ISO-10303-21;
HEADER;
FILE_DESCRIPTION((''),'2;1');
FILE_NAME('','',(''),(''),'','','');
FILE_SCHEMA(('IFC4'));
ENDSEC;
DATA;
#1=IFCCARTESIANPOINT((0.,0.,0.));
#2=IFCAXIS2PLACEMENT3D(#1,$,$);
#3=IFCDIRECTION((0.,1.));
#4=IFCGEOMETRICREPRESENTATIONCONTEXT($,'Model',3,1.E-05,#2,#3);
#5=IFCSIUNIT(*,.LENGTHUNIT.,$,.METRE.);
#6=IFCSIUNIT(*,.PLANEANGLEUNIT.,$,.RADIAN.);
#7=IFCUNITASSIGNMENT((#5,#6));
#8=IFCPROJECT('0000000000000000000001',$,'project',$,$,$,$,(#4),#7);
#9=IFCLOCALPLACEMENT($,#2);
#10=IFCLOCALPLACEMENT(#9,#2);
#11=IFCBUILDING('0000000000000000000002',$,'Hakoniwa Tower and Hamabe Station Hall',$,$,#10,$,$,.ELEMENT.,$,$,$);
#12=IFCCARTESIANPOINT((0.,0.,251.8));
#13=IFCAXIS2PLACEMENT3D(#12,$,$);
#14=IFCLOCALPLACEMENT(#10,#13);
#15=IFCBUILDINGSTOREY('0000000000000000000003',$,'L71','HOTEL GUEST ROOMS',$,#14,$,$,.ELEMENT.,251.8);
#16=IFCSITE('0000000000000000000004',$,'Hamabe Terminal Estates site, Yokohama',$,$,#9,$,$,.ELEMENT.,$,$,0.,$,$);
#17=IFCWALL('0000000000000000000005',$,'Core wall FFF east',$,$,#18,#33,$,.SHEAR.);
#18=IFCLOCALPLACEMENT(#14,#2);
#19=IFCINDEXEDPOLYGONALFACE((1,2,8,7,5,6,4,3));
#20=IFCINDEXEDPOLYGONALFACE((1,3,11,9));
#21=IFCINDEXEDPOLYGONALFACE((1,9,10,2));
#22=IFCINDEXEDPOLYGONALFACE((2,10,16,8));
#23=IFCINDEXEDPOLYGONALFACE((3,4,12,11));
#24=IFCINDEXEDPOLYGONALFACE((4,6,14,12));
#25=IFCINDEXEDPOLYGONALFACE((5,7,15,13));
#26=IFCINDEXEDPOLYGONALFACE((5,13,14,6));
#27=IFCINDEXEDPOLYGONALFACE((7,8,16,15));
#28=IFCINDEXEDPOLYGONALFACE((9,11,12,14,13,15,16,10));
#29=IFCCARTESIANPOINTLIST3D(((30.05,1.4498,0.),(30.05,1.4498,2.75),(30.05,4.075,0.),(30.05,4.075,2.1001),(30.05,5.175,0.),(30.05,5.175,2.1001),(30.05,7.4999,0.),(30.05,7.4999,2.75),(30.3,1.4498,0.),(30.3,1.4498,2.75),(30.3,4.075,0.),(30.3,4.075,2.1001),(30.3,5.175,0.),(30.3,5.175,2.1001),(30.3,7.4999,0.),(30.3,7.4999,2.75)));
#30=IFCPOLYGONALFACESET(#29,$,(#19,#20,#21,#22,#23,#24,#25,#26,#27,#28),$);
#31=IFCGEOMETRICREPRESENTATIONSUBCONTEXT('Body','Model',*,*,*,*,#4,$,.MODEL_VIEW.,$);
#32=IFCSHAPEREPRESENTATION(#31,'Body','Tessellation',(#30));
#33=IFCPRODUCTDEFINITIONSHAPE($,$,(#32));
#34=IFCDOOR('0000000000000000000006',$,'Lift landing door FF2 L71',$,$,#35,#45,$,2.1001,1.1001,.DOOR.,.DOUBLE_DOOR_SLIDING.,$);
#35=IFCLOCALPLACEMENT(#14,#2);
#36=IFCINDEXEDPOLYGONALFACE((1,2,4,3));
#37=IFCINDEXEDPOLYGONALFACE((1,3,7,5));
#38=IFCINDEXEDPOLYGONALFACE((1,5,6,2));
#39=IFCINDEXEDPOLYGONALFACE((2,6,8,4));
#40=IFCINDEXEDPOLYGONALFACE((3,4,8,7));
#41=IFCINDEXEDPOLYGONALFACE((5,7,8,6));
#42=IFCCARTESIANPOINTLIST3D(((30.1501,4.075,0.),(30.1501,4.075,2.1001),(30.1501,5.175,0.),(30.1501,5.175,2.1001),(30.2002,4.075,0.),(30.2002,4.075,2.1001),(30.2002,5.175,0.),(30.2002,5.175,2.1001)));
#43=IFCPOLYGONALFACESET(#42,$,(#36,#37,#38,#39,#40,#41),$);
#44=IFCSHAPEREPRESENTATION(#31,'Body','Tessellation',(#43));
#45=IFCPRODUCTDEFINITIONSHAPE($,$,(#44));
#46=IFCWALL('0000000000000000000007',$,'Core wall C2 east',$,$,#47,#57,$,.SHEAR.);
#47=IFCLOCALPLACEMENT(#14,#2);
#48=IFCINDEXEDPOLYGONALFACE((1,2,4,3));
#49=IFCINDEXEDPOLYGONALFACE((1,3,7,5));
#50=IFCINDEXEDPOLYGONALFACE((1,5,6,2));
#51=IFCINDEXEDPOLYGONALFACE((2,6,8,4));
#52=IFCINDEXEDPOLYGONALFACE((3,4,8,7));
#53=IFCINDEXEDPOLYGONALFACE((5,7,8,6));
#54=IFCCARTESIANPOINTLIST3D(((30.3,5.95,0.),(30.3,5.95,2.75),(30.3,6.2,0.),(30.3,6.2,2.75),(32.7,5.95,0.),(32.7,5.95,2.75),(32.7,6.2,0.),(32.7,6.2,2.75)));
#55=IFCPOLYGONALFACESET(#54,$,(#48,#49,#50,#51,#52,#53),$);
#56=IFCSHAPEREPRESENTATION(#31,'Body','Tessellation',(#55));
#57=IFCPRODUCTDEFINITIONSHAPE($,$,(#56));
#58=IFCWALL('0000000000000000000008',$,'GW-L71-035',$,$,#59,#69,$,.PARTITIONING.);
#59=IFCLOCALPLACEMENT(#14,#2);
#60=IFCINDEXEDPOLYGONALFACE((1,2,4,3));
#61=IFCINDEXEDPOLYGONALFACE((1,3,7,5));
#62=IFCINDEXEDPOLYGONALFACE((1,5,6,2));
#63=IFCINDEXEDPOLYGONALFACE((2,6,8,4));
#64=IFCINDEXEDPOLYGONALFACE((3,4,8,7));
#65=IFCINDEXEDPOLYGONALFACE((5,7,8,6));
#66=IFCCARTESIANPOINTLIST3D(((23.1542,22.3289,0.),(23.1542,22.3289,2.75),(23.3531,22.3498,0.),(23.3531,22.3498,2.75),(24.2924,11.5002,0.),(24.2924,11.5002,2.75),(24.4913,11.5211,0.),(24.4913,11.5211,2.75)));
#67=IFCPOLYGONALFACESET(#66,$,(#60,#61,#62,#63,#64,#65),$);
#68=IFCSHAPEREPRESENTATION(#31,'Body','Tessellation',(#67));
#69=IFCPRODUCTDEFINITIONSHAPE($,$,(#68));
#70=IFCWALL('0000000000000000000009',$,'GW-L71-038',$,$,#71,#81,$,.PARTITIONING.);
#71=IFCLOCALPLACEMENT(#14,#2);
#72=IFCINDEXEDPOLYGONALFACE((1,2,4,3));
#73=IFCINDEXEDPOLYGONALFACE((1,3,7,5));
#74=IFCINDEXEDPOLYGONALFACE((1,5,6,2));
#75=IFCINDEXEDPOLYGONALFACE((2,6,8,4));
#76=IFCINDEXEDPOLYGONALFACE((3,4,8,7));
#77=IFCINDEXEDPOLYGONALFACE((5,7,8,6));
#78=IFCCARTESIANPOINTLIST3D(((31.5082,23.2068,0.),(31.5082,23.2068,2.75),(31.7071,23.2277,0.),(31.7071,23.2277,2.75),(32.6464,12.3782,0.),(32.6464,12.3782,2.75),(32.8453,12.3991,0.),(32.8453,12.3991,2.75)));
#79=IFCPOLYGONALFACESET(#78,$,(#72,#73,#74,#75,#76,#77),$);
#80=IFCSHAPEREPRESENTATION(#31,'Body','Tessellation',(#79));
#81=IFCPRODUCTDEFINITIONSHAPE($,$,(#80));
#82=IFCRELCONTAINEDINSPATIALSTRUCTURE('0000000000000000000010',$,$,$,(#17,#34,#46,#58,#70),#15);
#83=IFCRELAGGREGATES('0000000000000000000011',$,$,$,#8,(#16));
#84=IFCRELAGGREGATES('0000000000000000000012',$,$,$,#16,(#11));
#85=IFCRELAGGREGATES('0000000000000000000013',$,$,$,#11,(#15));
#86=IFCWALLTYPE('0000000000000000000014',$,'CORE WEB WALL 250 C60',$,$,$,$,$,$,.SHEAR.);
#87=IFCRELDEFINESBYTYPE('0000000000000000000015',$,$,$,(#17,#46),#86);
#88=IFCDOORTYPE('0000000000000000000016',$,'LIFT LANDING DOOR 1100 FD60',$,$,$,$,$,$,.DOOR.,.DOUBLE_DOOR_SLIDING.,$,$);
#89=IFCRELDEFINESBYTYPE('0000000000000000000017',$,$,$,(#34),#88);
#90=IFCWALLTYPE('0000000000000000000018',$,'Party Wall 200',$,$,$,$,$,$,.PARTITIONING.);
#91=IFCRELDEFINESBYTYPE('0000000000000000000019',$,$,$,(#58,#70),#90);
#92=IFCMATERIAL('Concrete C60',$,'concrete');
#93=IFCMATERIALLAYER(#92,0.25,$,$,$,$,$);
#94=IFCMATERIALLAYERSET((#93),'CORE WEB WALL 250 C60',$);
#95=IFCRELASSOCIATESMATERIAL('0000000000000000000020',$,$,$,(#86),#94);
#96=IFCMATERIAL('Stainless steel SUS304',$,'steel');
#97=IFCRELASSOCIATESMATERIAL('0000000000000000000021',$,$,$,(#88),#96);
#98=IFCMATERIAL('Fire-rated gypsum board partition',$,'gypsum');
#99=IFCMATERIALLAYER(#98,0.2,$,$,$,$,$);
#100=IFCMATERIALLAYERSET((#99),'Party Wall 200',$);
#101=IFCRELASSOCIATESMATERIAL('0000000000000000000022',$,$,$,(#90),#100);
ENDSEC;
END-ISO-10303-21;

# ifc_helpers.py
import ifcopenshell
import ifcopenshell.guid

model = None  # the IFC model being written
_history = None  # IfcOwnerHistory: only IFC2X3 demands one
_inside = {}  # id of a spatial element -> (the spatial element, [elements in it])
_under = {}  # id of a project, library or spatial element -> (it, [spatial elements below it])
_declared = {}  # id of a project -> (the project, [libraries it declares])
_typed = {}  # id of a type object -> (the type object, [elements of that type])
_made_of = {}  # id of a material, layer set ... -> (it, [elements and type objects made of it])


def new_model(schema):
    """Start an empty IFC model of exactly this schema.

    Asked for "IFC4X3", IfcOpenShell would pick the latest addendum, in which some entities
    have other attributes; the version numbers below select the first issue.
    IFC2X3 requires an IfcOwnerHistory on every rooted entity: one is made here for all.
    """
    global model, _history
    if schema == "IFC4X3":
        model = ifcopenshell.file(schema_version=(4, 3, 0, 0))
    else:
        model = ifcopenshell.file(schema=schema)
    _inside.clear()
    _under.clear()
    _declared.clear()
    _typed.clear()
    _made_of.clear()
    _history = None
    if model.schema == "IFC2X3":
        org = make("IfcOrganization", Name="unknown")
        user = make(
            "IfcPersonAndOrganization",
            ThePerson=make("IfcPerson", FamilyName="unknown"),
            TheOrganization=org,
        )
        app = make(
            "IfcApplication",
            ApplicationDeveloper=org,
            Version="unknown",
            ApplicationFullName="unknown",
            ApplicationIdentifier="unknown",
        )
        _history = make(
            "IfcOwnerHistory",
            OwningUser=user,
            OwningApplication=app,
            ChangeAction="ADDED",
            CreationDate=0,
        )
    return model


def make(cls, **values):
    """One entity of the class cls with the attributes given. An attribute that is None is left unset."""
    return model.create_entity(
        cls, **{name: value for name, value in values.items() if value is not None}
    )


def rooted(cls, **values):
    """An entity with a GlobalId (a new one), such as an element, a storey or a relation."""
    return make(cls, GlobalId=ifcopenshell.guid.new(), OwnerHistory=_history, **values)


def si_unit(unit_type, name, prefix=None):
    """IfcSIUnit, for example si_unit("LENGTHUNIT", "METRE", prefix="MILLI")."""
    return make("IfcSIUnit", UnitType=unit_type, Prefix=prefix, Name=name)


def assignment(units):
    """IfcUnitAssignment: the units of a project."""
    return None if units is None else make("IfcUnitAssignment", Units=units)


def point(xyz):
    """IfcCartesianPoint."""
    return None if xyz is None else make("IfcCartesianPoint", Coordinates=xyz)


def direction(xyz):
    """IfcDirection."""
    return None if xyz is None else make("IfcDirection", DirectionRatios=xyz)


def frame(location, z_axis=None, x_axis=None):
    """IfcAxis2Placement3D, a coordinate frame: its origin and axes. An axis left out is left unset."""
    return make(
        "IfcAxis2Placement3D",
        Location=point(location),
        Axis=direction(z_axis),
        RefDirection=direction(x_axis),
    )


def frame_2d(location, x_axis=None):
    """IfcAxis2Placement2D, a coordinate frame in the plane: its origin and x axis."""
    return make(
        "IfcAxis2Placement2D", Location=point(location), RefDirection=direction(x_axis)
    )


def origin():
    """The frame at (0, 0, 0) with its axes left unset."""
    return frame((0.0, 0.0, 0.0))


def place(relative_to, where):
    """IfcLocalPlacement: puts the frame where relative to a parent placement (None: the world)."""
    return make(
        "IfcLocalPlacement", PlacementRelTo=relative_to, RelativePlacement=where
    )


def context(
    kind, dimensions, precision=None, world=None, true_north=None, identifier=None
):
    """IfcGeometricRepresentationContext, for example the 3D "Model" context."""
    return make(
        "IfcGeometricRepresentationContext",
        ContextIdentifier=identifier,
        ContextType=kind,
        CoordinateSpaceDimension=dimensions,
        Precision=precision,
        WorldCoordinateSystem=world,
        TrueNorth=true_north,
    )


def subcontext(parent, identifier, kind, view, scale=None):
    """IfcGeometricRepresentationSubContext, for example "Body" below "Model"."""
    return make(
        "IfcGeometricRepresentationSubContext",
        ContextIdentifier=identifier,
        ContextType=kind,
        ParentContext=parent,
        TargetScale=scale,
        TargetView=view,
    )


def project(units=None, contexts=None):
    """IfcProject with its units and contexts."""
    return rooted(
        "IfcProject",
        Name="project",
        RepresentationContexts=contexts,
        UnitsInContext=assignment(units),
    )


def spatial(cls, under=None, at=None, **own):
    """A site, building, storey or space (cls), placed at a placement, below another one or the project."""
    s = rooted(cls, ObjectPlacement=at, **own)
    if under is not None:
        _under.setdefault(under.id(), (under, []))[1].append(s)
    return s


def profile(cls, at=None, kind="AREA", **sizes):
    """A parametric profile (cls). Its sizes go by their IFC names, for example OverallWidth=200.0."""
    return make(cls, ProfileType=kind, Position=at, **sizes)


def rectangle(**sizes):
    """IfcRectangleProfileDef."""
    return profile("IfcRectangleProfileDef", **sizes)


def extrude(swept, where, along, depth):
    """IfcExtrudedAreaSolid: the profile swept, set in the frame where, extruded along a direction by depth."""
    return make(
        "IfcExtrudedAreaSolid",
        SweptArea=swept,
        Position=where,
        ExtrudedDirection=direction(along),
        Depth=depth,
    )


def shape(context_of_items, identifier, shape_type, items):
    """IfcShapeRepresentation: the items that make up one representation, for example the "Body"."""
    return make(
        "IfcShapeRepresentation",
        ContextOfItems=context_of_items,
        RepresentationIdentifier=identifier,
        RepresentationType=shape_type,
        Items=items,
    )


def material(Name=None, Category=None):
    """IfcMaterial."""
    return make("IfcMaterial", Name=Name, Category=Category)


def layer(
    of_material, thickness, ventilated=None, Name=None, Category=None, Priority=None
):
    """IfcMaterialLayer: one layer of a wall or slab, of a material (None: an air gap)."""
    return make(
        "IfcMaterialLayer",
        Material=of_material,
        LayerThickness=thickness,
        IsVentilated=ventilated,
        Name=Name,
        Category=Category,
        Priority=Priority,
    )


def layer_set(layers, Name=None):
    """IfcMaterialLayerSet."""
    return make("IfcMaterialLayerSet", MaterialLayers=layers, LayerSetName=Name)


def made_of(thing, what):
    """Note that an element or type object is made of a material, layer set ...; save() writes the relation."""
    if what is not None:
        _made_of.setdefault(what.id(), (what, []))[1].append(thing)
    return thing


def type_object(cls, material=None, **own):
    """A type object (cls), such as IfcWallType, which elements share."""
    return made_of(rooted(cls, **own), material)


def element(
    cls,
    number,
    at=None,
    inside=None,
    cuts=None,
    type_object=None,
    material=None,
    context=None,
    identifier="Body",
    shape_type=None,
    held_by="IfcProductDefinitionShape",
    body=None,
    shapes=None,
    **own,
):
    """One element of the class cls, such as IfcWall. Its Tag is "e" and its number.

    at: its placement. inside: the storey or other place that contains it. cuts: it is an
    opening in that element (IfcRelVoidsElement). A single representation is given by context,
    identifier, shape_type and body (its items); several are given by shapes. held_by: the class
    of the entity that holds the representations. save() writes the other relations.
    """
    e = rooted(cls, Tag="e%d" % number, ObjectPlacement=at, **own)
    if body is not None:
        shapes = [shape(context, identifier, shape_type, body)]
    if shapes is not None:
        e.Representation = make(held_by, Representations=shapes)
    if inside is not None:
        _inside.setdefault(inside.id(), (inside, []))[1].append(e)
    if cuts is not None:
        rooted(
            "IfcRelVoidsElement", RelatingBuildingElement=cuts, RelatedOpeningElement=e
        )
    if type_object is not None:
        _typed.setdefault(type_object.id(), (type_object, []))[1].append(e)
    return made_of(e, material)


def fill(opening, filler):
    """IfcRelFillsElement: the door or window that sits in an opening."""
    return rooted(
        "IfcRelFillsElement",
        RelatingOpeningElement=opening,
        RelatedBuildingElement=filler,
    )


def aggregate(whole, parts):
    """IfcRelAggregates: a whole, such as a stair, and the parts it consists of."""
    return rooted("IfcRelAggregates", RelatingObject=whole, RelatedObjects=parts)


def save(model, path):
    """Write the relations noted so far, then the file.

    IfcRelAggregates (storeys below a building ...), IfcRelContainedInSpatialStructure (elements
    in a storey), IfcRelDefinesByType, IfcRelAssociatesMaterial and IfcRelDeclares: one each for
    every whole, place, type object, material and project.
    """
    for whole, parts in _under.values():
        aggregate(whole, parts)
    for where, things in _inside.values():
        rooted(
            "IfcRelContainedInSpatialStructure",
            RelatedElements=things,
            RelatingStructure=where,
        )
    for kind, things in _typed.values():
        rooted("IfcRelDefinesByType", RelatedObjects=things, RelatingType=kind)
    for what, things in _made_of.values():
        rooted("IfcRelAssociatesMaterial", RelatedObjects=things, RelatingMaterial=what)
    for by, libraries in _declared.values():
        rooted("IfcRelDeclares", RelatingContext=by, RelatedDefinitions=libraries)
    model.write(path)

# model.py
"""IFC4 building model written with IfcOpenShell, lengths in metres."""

from ifc_helpers import new_model, si_unit, direction, frame, frame_2d, origin, place, context, subcontext, project, spatial, rectangle, extrude, material, layer, layer_set, type_object, element, fill, save


model = new_model("IFC4")

# Units and contexts
model_context = context("Model", 3, precision=1e-05, world=origin(), true_north=direction((0.0, 1.0)))
body_context = subcontext(model_context, "Body", "Model", "MODEL_VIEW")
ifc_project = project(units=[si_unit("LENGTHUNIT", "METRE"), si_unit("PLANEANGLEUNIT", "RADIAN")], contexts=[model_context])

# Site, building, storey
site_placement = place(None, origin())
site = spatial("IfcSite", under=ifc_project, at=site_placement, Name="Hamabe Terminal Estates site, Yokohama", CompositionType="ELEMENT", RefElevation=0.0)
building_placement = place(site_placement, origin())
building = spatial("IfcBuilding", under=site, at=building_placement, Name="Hakoniwa Tower and Hamabe Station Hall", CompositionType="ELEMENT")
storey_placement = place(building_placement, frame((0.0, 0.0, 251.8)))
storey = spatial("IfcBuildingStorey", under=building, at=storey_placement, Name="L71", Description="HOTEL GUEST ROOMS", CompositionType="ELEMENT", Elevation=251.8)

# Wall, opening, door
ifc_material_1 = material(Name="Concrete C60", Category="concrete")
ifc_layer_1 = layer(ifc_material_1, 0.25)
ifc_layer_set_1 = layer_set([ifc_layer_1], Name="CORE WEB WALL 250 C60")
wall_type_1 = type_object("IfcWallType", Name="CORE WEB WALL 250 C60", PredefinedType="SHEAR", material=ifc_layer_set_1)
wall_1_placement = place(storey_placement, frame((30.175, 1.45, 0.0), z_axis=(0.0, 0.0, 1.0), x_axis=(0.0, 1.0, 0.0)))
wall_1 = element("IfcWall", 1, at=wall_1_placement, inside=storey, type_object=wall_type_1, Name="Core wall FFF east", PredefinedType="SHEAR", context=body_context, shape_type="SweptSolid", body=[
    extrude(rectangle(XDim=6.05, YDim=0.25, at=frame_2d((3.0249, 0.0))), origin(), (0.0, 0.0, 1.0), 2.75),
])
opening_1_placement = place(wall_1_placement, frame((2.625, 0.0, 0.0)))
opening_1 = element("IfcOpeningElement", 2, at=opening_1_placement, cuts=wall_1, PredefinedType="OPENING", context=body_context, shape_type="SweptSolid", body=[
    extrude(rectangle(XDim=1.1001, YDim=2.1001, at=frame_2d((0.55, 1.05))), frame((0.0, 0.135, 0.0), z_axis=(0.0, -1.0, 0.0), x_axis=(1.0, 0.0, 0.0)), (0.0, 0.0, 1.0), 0.27),
])
ifc_material_2 = material(Name="Stainless steel SUS304", Category="steel")
door_type_1 = type_object("IfcDoorType", Name="LIFT LANDING DOOR 1100 FD60", OperationType="DOUBLE_DOOR_SLIDING", PredefinedType="DOOR", material=ifc_material_2)
door_1_placement = place(opening_1_placement, origin())
door_1 = element("IfcDoor", 3, at=door_1_placement, inside=storey, type_object=door_type_1, Name="Lift landing door FF2 L71", OperationType="DOUBLE_DOOR_SLIDING", OverallHeight=2.1001, OverallWidth=1.1001, PredefinedType="DOOR", context=body_context, shape_type="SweptSolid", body=[
    extrude(rectangle(XDim=1.1001, YDim=2.1001, at=frame_2d((0.55, 1.05))), frame((0.0, 0.0249, 0.0), z_axis=(0.0, -1.0, 0.0), x_axis=(1.0, 0.0, 0.0)), (0.0, 0.0, 1.0), 0.05),
])
fill(opening_1, door_1)

# Walls
wall_2_placement = place(storey_placement, frame((30.3, 6.075, 0.0), z_axis=(0.0, 0.0, 1.0), x_axis=(1.0, 0.0, 0.0)))
element("IfcWall", 4, at=wall_2_placement, inside=storey, type_object=wall_type_1, Name="Core wall C2 east", PredefinedType="SHEAR", context=body_context, shape_type="SweptSolid", body=[
    extrude(rectangle(XDim=2.3999, YDim=0.25, at=frame_2d((1.2, 0.0))), origin(), (0.0, 0.0, 1.0), 2.75),
])
ifc_material_3 = material(Name="Fire-rated gypsum board partition", Category="gypsum")
ifc_layer_2 = layer(ifc_material_3, 0.2)
ifc_layer_set_2 = layer_set([ifc_layer_2], Name="Party Wall 200")
wall_type_2 = type_object("IfcWallType", Name="Party Wall 200", PredefinedType="PARTITIONING", material=ifc_layer_set_2)
wall_3_placement = place(storey_placement, frame((24.3918, 11.5105, 0.0), z_axis=(0.0, 0.0, 1.0), x_axis=(-0.104531, 0.994522, 0.0)))
element("IfcWall", 5, at=wall_3_placement, inside=storey, type_object=wall_type_2, Name="GW-L71-035", PredefinedType="PARTITIONING", context=body_context, shape_type="SweptSolid", body=[
    extrude(rectangle(XDim=10.8884, YDim=0.2, at=frame_2d((5.4443, 0.0))), origin(), (0.0, 0.0, 1.0), 2.75),
])
wall_4_placement = place(storey_placement, frame((32.7458, 12.3887, 0.0), z_axis=(0.0, 0.0, 1.0), x_axis=(-0.104533, 0.994521, 0.0)))
element("IfcWall", 6, at=wall_4_placement, inside=storey, type_object=wall_type_2, Name="GW-L71-038", PredefinedType="PARTITIONING", context=body_context, shape_type="SweptSolid", body=[
    extrude(rectangle(XDim=10.8882, YDim=0.2, at=frame_2d((5.4441, 0.0))), origin(), (0.0, 0.0, 1.0), 2.75),
])

save(model, "model.ifc")
